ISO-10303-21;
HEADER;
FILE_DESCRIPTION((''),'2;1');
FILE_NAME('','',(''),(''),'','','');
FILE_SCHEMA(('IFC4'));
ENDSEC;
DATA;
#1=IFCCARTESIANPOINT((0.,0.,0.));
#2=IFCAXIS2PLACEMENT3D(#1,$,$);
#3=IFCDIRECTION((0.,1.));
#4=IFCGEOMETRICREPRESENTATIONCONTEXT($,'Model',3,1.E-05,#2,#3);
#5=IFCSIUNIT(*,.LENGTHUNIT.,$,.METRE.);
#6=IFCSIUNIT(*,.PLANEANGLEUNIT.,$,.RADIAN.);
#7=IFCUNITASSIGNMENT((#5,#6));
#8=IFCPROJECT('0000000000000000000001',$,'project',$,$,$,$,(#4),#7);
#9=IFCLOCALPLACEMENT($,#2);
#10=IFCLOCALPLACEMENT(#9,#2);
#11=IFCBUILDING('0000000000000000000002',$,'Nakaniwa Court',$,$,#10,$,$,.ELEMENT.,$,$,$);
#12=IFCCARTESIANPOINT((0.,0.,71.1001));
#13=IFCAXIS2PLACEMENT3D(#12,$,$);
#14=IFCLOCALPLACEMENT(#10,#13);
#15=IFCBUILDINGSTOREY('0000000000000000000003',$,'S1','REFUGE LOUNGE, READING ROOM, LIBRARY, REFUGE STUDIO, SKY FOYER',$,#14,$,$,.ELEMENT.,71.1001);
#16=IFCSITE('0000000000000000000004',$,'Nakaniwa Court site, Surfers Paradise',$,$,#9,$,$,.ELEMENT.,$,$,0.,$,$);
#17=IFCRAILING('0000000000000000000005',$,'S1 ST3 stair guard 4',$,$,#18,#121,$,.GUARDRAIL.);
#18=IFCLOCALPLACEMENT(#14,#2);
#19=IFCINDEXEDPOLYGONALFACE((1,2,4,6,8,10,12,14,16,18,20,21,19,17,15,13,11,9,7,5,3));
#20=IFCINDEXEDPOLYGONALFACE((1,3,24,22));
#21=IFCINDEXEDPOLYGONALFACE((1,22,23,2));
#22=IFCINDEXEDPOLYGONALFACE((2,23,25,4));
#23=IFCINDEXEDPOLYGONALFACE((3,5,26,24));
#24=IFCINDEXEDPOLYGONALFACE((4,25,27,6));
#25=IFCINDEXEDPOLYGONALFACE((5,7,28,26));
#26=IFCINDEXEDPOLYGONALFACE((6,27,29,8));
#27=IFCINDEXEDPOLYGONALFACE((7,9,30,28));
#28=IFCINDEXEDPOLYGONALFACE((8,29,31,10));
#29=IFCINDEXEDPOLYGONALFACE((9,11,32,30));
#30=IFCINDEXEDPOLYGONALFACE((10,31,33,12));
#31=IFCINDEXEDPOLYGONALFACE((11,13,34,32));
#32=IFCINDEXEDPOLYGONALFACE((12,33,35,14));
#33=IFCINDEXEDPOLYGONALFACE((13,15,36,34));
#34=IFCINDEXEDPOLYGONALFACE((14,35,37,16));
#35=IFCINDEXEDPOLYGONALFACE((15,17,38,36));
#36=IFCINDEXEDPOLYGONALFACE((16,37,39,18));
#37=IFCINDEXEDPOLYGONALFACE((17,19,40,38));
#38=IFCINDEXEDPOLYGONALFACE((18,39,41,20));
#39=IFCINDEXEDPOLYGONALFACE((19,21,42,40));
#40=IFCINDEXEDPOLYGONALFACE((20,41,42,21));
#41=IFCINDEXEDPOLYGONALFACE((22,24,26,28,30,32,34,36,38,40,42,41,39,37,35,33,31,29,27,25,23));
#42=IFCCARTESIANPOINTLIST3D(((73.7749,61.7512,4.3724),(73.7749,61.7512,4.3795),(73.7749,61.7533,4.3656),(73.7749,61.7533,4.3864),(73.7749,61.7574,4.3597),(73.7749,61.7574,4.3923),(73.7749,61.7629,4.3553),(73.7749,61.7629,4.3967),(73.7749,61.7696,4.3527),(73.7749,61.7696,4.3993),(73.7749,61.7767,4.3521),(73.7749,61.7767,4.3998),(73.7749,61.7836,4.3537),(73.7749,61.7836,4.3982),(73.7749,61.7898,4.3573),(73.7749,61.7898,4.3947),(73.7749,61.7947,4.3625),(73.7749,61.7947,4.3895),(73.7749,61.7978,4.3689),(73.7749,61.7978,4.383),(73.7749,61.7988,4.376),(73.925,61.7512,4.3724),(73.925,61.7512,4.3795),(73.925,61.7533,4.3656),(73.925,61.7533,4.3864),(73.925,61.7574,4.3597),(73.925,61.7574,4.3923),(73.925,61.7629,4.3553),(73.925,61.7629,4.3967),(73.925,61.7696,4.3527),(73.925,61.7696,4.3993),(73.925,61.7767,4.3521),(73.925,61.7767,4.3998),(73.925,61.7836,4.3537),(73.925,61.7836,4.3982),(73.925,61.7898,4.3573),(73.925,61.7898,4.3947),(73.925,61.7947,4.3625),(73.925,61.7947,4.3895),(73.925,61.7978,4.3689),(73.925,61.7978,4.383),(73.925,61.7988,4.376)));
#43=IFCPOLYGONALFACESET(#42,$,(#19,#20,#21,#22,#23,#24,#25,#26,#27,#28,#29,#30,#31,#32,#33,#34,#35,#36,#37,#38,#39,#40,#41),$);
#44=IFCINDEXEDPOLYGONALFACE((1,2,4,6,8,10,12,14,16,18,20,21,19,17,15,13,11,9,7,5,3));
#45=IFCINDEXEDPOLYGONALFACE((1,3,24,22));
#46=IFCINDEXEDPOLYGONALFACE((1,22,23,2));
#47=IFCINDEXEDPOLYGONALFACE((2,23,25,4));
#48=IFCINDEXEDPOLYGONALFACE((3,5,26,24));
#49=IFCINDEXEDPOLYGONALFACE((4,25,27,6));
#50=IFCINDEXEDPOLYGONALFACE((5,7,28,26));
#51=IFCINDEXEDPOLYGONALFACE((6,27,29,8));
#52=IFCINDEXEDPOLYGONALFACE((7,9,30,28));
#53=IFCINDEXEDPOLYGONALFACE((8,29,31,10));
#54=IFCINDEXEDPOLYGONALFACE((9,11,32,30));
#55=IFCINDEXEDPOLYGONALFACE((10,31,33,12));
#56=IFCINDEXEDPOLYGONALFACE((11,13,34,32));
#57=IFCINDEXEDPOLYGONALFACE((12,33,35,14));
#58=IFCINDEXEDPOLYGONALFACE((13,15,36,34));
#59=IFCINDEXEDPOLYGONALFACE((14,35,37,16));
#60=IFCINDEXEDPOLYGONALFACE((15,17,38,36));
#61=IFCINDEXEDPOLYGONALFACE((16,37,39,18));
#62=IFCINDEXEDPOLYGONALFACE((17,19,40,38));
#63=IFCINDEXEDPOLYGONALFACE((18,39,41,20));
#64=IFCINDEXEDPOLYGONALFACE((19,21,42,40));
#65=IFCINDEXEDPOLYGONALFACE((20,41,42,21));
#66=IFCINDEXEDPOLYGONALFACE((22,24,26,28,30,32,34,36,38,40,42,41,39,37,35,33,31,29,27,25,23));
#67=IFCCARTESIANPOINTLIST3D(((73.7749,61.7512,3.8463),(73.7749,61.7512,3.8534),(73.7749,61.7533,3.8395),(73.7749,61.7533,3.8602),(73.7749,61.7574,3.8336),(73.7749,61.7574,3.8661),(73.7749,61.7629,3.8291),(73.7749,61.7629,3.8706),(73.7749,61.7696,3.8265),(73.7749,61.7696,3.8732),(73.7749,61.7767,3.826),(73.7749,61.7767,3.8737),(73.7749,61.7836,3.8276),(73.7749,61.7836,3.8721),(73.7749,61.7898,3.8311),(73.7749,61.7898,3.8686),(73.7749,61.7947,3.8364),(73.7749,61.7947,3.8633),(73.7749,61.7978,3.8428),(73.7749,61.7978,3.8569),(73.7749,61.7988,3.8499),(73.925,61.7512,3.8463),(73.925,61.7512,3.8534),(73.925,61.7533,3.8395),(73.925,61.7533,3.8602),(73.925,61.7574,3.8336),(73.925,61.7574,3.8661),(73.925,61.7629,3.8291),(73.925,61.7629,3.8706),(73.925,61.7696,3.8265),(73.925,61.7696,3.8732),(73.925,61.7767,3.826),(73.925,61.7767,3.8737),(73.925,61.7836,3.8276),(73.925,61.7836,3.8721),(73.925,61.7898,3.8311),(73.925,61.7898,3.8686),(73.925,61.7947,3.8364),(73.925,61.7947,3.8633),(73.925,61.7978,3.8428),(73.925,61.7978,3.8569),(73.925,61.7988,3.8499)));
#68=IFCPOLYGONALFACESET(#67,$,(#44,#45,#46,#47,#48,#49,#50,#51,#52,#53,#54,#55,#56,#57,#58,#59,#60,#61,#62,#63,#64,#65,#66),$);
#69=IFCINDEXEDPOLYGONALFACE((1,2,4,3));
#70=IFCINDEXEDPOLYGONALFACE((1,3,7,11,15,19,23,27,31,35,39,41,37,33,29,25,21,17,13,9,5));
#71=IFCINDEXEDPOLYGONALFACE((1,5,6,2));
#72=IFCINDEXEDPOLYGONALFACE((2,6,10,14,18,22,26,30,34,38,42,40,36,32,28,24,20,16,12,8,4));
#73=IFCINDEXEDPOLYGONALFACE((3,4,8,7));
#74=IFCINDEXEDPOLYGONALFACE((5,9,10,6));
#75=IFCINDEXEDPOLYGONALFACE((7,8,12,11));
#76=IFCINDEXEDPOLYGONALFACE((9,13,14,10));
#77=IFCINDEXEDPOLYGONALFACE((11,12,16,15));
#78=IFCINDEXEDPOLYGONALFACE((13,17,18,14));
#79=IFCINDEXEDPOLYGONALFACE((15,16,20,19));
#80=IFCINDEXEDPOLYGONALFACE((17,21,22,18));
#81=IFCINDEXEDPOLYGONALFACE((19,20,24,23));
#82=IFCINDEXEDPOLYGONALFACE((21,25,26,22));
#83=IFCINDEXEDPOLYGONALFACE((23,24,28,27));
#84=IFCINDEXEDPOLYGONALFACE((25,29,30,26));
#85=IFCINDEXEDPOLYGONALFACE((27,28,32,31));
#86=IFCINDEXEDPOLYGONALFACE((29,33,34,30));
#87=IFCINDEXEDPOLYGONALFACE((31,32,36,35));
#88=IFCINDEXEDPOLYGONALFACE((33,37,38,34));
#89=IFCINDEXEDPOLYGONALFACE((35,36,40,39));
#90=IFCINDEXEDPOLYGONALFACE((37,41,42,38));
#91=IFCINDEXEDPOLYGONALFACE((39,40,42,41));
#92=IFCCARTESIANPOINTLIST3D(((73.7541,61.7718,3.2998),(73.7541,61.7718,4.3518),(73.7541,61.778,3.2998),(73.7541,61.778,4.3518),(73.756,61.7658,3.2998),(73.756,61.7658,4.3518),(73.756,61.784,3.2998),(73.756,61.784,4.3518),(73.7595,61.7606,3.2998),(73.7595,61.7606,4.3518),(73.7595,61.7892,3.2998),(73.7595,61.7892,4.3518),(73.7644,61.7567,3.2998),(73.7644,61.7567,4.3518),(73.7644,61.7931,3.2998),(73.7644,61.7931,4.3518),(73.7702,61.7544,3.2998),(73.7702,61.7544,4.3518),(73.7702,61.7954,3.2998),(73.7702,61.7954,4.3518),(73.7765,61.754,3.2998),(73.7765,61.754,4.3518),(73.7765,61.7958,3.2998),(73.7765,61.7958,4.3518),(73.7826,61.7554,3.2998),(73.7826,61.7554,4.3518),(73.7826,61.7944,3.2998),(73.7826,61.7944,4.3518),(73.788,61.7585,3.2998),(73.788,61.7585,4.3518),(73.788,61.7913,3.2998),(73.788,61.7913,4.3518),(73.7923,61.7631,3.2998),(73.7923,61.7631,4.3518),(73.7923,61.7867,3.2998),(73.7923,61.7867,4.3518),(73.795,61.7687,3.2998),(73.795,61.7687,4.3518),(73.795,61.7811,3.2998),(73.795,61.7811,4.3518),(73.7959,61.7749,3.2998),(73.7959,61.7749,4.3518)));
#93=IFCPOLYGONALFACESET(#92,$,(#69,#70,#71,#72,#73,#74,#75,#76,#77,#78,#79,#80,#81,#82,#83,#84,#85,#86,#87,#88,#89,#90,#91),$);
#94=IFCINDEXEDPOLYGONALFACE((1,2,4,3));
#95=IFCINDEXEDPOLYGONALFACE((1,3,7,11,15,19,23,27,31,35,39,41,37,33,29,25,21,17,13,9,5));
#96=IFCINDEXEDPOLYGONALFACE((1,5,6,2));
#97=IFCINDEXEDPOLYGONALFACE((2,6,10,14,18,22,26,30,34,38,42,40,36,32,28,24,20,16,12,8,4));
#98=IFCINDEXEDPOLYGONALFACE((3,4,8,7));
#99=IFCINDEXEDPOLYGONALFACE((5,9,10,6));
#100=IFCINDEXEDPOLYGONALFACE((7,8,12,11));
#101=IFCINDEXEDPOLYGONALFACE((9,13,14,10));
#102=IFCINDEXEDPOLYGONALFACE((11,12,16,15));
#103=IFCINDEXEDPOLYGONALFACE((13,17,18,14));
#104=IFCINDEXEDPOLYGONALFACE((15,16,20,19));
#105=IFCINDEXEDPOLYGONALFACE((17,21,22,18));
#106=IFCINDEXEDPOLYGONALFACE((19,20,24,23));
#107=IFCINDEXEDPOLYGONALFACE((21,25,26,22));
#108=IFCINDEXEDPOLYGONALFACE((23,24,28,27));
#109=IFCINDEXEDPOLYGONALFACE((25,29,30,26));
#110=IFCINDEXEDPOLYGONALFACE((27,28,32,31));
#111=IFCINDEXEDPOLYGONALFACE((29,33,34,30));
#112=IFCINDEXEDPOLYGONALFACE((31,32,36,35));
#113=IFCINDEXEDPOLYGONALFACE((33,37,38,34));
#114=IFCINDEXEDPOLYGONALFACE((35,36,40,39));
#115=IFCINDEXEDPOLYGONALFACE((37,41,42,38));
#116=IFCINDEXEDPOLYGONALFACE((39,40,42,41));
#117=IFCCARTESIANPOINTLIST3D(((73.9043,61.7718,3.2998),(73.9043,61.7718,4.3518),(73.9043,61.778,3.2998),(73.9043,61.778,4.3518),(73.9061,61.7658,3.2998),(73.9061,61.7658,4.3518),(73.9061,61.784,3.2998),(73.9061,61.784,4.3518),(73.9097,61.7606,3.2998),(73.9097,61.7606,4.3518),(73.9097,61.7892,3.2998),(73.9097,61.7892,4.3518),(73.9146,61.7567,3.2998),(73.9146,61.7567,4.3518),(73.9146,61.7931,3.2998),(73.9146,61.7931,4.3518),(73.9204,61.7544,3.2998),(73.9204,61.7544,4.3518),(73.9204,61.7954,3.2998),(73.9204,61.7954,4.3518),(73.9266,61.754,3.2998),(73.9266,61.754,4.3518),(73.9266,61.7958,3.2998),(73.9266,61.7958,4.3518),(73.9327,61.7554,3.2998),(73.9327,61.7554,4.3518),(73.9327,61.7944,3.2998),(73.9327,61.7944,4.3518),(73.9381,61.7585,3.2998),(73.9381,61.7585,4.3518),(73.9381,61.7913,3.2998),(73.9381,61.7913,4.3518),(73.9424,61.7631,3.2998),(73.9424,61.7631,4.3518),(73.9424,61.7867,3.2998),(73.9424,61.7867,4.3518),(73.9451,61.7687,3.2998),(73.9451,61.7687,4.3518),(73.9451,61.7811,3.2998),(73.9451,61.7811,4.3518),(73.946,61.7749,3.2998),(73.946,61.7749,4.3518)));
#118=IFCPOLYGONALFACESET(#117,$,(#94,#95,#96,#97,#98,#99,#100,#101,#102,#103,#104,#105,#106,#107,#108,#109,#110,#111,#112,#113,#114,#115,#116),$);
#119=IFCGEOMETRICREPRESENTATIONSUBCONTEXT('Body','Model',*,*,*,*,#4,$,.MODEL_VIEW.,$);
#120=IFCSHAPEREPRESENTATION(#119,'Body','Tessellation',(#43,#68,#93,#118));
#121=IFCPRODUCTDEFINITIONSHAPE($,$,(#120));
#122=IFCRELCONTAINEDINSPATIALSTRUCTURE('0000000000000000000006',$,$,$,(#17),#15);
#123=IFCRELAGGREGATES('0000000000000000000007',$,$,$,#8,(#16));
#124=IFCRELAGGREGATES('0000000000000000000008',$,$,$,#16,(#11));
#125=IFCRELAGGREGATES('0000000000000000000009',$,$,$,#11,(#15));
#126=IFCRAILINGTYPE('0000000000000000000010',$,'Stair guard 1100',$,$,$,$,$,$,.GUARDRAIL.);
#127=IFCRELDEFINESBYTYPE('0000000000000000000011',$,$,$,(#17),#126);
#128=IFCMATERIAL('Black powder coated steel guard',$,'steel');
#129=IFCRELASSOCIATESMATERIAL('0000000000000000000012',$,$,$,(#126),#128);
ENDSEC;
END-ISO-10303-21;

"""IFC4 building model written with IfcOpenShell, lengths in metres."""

from ifc_helpers import new_model, si_unit, direction, frame, origin, origin_2d, place, context, subcontext, project, spatial, circle, extrude, material, type_object, element, save


model = new_model("IFC4")

# Units and contexts
model_context = context("Model", 3, precision=1e-05, world=origin(), true_north=direction((0.0, 1.0)))
body_context = subcontext(model_context, "Body", "Model", "MODEL_VIEW")
ifc_project = project(units=[si_unit("LENGTHUNIT", "METRE"), si_unit("PLANEANGLEUNIT", "RADIAN")], contexts=[model_context])

# Site, building, storey
site_placement = place(None, origin())
site = spatial("IfcSite", under=ifc_project, at=site_placement, Name="Nakaniwa Court site, Surfers Paradise", CompositionType="ELEMENT", RefElevation=0.0)
building_placement = place(site_placement, origin())
building = spatial("IfcBuilding", under=site, at=building_placement, Name="Nakaniwa Court", CompositionType="ELEMENT")
storey_placement = place(building_placement, frame((0.0, 0.0, 71.1001)))
storey = spatial("IfcBuildingStorey", under=building, at=storey_placement, Name="S1", Description="REFUGE LOUNGE, READING ROOM, LIBRARY, REFUGE STUDIO, SKY FOYER", CompositionType="ELEMENT", Elevation=71.1001)

# Railing
ifc_material_1 = material(Name="Black powder coated steel guard", Category="steel")
railing_type_1 = type_object("IfcRailingType", Name="Stair guard 1100", PredefinedType="GUARDRAIL", material=ifc_material_1)
railing_1_placement = place(storey_placement, frame((73.7749, 61.7749, 3.2998)))
element("IfcRailing", 1, at=railing_1_placement, inside=storey, type_object=railing_type_1, Name="S1 ST3 stair guard 4", PredefinedType="GUARDRAIL", context=body_context, shape_type="SweptSolid", body=[
    extrude(circle(Radius=0.0239, at=origin_2d()), frame((0.0, 0.0, 1.0762), z_axis=(1.0, 0.0, 0.0), x_axis=(0.0, 1.0, 0.0)), (0.0, 0.0, 1.0), 0.1501),
    extrude(circle(Radius=0.0239, at=origin_2d()), frame((0.0, 0.0, 0.55), z_axis=(1.0, 0.0, 0.0), x_axis=(0.0, 1.0, 0.0)), (0.0, 0.0, 1.0), 0.1501),
    extrude(circle(Radius=0.021, at=origin_2d()), origin(), (0.0, 0.0, 1.0), 1.052),
    extrude(circle(Radius=0.021, at=origin_2d()), frame((0.1501, 0.0, 0.0)), (0.0, 0.0, 1.0), 1.052),
])

save(model, "model.ifc")
